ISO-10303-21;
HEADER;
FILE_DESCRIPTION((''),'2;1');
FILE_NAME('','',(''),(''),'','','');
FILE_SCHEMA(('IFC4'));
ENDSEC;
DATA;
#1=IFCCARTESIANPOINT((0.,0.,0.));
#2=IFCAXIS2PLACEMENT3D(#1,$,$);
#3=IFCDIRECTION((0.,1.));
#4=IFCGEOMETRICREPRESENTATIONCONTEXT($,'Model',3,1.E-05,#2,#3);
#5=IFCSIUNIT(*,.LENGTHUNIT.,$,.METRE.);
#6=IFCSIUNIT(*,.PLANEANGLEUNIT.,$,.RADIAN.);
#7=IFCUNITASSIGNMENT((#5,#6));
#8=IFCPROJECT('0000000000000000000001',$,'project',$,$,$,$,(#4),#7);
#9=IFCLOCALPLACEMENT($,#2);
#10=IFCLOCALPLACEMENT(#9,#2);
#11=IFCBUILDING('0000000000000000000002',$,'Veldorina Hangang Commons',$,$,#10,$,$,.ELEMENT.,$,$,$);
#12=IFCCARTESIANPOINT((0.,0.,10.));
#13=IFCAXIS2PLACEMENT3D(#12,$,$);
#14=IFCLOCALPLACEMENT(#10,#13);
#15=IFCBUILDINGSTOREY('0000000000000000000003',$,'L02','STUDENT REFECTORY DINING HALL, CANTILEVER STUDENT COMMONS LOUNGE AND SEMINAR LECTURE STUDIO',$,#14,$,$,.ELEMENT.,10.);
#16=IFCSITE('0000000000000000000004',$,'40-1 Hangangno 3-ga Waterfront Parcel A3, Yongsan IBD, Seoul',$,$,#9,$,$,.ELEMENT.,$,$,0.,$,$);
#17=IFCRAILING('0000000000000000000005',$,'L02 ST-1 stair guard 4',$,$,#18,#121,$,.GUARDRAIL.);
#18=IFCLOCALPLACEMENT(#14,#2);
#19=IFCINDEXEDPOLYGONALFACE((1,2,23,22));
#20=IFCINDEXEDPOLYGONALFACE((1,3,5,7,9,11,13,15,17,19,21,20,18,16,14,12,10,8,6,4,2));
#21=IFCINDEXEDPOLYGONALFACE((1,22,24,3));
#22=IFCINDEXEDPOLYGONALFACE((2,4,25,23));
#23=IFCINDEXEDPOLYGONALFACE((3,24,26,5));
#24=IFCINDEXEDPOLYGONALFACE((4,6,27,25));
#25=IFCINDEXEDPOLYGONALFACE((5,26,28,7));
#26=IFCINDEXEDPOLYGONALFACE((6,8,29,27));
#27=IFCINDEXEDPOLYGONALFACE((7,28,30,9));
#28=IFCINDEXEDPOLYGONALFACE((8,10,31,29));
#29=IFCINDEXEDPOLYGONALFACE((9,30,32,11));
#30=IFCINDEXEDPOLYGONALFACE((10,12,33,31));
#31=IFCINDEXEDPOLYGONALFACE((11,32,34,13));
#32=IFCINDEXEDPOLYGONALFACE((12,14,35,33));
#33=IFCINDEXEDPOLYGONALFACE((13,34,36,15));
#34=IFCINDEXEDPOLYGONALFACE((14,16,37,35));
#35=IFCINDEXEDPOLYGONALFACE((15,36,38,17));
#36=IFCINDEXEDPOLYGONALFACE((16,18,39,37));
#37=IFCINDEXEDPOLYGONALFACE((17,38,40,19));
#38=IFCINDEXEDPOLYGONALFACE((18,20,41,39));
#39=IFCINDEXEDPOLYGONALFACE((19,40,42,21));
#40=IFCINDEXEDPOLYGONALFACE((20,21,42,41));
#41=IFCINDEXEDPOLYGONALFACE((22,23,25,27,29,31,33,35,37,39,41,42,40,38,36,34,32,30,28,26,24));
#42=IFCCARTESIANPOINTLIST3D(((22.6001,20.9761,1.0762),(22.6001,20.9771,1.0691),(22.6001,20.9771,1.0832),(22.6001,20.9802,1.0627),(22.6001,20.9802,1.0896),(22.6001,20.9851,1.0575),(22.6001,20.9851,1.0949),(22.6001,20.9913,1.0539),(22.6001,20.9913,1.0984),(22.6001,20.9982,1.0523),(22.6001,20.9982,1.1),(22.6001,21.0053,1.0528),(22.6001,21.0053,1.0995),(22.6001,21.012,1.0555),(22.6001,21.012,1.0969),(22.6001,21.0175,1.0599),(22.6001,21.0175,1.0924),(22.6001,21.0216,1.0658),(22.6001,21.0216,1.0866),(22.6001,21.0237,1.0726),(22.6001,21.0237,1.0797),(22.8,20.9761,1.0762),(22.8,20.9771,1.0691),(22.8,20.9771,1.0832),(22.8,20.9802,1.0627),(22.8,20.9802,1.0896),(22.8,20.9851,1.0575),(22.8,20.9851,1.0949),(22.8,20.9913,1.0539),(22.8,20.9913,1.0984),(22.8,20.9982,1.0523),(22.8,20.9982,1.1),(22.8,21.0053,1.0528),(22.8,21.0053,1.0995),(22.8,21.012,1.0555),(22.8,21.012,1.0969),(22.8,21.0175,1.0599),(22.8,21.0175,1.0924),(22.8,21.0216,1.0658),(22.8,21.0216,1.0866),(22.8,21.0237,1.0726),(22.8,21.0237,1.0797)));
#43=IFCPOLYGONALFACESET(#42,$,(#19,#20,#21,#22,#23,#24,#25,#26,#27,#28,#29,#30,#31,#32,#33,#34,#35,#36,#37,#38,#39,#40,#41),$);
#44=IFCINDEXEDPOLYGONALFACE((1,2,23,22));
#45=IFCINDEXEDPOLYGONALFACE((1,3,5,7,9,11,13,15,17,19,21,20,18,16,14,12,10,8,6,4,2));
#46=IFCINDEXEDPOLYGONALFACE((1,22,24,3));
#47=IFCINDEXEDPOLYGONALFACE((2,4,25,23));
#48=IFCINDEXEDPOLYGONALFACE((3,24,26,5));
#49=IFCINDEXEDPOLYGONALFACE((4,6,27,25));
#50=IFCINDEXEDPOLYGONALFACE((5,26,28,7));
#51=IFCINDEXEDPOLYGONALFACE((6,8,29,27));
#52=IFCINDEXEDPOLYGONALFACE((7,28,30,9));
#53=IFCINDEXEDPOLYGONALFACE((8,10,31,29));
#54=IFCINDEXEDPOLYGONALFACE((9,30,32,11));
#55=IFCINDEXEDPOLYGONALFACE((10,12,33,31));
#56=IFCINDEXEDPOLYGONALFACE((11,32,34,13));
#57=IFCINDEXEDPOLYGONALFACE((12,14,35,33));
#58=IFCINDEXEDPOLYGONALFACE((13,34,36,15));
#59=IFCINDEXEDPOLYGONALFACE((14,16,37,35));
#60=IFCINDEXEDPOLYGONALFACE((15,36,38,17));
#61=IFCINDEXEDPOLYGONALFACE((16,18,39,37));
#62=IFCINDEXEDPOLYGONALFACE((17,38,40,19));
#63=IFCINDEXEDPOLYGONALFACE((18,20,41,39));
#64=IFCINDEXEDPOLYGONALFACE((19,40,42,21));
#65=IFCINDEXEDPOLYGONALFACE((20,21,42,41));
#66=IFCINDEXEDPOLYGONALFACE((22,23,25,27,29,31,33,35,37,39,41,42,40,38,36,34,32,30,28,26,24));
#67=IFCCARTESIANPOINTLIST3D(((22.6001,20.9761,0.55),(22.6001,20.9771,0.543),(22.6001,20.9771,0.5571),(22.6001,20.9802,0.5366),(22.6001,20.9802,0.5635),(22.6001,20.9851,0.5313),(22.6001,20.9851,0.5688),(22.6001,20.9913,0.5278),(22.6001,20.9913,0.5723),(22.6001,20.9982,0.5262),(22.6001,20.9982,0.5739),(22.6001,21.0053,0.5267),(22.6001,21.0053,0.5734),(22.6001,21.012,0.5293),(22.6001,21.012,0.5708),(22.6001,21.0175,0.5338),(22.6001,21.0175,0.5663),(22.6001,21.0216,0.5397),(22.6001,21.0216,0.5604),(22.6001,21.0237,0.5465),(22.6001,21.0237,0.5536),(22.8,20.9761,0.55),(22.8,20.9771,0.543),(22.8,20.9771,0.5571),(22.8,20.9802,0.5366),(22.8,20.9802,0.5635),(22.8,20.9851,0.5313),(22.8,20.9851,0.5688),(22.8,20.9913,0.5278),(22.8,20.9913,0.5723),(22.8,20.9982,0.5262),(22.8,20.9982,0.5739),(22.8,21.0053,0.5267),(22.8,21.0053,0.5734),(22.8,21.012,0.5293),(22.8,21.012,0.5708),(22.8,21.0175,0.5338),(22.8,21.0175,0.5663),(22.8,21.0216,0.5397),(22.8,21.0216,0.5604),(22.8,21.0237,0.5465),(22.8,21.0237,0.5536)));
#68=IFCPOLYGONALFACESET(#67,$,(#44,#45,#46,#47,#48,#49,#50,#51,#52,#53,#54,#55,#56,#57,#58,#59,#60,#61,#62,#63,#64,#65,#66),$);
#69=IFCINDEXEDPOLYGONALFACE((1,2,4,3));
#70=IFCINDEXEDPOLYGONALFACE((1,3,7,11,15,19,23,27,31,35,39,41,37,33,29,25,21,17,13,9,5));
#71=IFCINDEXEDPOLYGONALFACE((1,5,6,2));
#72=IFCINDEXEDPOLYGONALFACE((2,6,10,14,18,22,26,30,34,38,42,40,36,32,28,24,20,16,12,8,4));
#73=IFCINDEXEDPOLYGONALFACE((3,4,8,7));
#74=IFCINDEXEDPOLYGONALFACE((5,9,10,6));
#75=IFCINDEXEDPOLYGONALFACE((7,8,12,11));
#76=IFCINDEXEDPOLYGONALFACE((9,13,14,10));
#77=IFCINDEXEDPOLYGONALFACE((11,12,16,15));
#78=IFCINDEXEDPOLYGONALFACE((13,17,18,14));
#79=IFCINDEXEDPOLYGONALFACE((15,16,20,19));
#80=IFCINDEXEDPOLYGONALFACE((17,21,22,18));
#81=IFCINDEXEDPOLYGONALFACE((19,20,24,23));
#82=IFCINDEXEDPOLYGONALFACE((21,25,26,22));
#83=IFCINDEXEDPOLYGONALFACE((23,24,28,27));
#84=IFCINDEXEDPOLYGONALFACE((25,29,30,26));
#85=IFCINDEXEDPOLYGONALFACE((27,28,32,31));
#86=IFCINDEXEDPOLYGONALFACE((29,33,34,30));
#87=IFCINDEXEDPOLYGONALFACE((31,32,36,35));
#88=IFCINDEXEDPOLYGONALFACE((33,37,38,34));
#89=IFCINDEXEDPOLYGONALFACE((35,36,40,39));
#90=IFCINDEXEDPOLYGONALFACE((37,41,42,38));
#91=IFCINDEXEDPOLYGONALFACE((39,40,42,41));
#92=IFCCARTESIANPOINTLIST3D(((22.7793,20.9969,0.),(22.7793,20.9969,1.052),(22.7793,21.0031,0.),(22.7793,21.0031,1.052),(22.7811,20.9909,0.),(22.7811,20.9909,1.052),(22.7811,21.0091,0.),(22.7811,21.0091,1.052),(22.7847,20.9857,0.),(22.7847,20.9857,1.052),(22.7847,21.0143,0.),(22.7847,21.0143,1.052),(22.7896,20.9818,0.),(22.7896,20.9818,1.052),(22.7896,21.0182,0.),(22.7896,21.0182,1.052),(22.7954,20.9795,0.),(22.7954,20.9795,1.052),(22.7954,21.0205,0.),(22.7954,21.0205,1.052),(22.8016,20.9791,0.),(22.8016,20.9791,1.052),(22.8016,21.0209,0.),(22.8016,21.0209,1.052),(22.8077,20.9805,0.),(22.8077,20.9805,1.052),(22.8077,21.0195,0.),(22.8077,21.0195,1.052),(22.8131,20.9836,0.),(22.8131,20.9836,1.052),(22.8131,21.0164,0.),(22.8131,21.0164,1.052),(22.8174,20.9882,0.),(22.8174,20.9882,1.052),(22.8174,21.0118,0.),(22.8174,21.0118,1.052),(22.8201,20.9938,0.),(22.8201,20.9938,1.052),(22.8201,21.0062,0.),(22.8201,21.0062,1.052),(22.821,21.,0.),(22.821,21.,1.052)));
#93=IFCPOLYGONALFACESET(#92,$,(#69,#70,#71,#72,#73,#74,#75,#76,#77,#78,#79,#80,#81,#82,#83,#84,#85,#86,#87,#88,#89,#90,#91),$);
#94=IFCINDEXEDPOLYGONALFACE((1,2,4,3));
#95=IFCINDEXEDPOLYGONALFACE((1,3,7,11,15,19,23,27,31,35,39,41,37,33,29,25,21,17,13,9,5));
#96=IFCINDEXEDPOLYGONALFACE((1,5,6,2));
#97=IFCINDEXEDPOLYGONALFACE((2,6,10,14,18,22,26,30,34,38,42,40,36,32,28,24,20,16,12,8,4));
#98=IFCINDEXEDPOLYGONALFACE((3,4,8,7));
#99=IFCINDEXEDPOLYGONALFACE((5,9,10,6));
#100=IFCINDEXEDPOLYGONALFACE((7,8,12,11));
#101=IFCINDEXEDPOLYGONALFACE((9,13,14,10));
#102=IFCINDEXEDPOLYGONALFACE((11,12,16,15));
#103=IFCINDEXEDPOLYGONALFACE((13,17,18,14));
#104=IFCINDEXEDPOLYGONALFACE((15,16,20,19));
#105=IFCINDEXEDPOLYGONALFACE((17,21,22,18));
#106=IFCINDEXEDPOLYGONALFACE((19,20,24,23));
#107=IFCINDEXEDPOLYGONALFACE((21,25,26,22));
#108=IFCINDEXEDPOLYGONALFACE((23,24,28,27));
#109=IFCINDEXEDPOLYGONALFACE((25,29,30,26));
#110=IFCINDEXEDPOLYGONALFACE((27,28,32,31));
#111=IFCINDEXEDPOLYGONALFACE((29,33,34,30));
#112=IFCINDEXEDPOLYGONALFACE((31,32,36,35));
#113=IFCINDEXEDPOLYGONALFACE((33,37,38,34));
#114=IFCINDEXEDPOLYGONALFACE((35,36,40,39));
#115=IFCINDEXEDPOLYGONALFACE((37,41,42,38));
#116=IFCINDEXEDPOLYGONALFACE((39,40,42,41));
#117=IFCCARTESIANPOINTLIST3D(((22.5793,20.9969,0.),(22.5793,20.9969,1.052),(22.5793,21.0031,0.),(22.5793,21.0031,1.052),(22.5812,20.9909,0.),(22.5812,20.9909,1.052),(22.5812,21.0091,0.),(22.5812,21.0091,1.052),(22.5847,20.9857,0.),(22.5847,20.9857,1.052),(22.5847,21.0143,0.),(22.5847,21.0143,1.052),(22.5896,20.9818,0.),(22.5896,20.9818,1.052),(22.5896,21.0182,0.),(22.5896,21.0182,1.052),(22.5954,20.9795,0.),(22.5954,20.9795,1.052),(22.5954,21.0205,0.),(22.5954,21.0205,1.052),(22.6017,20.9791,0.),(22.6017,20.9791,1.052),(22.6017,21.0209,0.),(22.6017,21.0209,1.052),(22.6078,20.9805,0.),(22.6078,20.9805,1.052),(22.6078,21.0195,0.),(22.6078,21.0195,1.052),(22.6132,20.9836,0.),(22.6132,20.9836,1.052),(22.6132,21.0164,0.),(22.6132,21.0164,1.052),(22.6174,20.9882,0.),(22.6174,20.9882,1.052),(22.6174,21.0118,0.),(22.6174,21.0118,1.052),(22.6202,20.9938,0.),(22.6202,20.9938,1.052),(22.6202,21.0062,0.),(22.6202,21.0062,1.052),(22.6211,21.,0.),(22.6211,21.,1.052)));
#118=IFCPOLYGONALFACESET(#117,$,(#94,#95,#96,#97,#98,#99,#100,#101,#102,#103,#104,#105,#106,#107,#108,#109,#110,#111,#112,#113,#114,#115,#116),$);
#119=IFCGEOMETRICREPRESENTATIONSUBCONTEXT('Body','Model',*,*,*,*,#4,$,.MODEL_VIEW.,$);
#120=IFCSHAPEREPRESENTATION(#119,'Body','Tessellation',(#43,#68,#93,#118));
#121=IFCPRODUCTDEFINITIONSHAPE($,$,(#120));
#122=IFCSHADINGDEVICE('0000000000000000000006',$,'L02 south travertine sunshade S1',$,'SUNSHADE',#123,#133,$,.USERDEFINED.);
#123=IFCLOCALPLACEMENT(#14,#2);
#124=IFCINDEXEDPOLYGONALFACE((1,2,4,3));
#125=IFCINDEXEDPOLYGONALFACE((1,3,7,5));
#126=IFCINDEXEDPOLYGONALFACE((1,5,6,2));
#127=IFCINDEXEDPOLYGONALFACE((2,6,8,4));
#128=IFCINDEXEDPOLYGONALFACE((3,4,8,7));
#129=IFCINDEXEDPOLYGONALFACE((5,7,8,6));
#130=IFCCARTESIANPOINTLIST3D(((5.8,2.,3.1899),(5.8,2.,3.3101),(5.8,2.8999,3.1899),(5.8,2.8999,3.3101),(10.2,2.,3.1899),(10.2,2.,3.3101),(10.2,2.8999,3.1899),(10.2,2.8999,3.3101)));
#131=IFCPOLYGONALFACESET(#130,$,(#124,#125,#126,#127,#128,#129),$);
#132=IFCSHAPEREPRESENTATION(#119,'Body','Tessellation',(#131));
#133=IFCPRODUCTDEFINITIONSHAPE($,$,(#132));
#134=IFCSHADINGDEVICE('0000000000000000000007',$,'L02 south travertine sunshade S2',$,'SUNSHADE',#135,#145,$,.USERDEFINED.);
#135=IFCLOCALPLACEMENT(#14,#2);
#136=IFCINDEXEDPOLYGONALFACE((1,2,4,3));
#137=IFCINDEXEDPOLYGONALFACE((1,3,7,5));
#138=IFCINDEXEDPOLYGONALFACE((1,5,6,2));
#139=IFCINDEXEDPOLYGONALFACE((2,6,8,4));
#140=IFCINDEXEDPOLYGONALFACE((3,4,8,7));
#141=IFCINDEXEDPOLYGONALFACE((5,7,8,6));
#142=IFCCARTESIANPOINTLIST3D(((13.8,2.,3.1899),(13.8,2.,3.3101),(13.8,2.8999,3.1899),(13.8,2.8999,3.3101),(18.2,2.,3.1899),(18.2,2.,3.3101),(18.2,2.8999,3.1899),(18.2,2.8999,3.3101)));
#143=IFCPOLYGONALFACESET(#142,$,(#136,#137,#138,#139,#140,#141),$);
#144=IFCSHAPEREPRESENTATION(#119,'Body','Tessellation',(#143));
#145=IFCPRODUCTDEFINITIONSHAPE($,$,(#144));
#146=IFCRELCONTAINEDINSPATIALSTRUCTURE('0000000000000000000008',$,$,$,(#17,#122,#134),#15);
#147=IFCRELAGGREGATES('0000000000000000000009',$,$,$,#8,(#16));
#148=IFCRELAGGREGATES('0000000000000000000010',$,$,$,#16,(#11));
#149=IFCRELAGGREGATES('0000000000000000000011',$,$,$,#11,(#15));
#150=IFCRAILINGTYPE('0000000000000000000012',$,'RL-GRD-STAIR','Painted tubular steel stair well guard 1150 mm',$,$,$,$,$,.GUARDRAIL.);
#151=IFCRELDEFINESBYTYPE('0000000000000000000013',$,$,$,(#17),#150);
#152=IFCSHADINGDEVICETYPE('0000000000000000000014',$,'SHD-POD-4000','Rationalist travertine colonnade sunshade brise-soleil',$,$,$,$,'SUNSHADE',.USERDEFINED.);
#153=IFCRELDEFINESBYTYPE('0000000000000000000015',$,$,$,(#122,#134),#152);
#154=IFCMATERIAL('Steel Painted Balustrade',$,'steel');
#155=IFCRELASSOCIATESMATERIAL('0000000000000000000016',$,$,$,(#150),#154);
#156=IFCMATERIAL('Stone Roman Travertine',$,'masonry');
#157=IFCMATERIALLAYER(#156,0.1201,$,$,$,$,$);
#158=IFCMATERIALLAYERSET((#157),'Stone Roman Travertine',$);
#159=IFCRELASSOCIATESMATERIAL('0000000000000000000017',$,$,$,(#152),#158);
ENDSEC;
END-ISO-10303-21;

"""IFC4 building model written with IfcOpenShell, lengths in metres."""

from ifc_helpers import new_model, si_unit, direction, frame, origin, origin_2d, place, context, subcontext, project, spatial, rectangle, circle, extrude, material, layer, layer_set, type_object, element, save


model = new_model("IFC4")

# Units and contexts
model_context = context("Model", 3, precision=1e-05, world=origin(), true_north=direction((0.0, 1.0)))
body_context = subcontext(model_context, "Body", "Model", "MODEL_VIEW")
ifc_project = project(units=[si_unit("LENGTHUNIT", "METRE"), si_unit("PLANEANGLEUNIT", "RADIAN")], contexts=[model_context])

# Site, building, storey
site_placement = place(None, origin())
site = spatial("IfcSite", under=ifc_project, at=site_placement, Name="40-1 Hangangno 3-ga Waterfront Parcel A3, Yongsan IBD, Seoul", CompositionType="ELEMENT", RefElevation=0.0)
building_placement = place(site_placement, origin())
building = spatial("IfcBuilding", under=site, at=building_placement, Name="Veldorina Hangang Commons", CompositionType="ELEMENT")
storey_placement = place(building_placement, frame((0.0, 0.0, 10.0)))
storey = spatial("IfcBuildingStorey", under=building, at=storey_placement, Name="L02", Description="STUDENT REFECTORY DINING HALL, CANTILEVER STUDENT COMMONS LOUNGE AND SEMINAR LECTURE STUDIO", CompositionType="ELEMENT", Elevation=10.0)

# Shared definitions
ifc_material_1 = material(Name="Stone Roman Travertine", Category="masonry")

# Railing
ifc_material_2 = material(Name="Steel Painted Balustrade", Category="steel")
railing_type = type_object("IfcRailingType", Name="RL-GRD-STAIR", Description="Painted tubular steel stair well guard 1150 mm", PredefinedType="GUARDRAIL", material=ifc_material_2)
railing_placement = place(storey_placement, frame((22.8, 21.0, 0.0)))
element("IfcRailing", 1, at=railing_placement, inside=storey, type_object=railing_type, Name="L02 ST-1 stair guard 4", PredefinedType="GUARDRAIL", context=body_context, shape_type="SweptSolid", body=[
    extrude(circle(Radius=0.0239, at=origin_2d()), frame((0.0, 0.0, 1.0762), z_axis=(-1.0, 0.0, 0.0), x_axis=(0.0, -1.0, 0.0)), (0.0, 0.0, 1.0), 0.2),
    extrude(circle(Radius=0.0239, at=origin_2d()), frame((0.0, 0.0, 0.55), z_axis=(-1.0, 0.0, 0.0), x_axis=(0.0, -1.0, 0.0)), (0.0, 0.0, 1.0), 0.2),
    extrude(circle(Radius=0.021, at=origin_2d()), origin(), (0.0, 0.0, 1.0), 1.052),
    extrude(circle(Radius=0.021, at=origin_2d()), frame((-0.2, 0.0, 0.0)), (0.0, 0.0, 1.0), 1.052),
])

# Shading devices
ifc_layer_1 = layer(ifc_material_1, 0.1201)
ifc_layer_set_1 = layer_set([ifc_layer_1], Name="Stone Roman Travertine")
shading_device_type = type_object("IfcShadingDeviceType", Name="SHD-POD-4000", Description="Rationalist travertine colonnade sunshade brise-soleil", ElementType="SUNSHADE", PredefinedType="USERDEFINED", material=ifc_layer_set_1)
for number, where, z_axis, x_axis, name in (
    (2, (8.0, 2.45, 3.1899), (0.0, 0.0, 1.0), (1.0, 0.0, 0.0), "L02 south travertine sunshade S1"),
    (3, (16.0, 2.45, 3.1899), (0.0, 0.0, 1.0), (1.0, 0.0, 0.0), "L02 south travertine sunshade S2"),
):
    element("IfcShadingDevice", number, at=place(storey_placement, frame(where, z_axis=z_axis, x_axis=x_axis)), inside=storey, type_object=shading_device_type, Name=name, ObjectType="SUNSHADE", PredefinedType="USERDEFINED", context=body_context, shape_type="SweptSolid", body=[
        extrude(rectangle(XDim=4.3999, YDim=0.8999, at=origin_2d()), origin(), (0.0, 0.0, 1.0), 0.1201),
    ])

save(model, "model.ifc")
